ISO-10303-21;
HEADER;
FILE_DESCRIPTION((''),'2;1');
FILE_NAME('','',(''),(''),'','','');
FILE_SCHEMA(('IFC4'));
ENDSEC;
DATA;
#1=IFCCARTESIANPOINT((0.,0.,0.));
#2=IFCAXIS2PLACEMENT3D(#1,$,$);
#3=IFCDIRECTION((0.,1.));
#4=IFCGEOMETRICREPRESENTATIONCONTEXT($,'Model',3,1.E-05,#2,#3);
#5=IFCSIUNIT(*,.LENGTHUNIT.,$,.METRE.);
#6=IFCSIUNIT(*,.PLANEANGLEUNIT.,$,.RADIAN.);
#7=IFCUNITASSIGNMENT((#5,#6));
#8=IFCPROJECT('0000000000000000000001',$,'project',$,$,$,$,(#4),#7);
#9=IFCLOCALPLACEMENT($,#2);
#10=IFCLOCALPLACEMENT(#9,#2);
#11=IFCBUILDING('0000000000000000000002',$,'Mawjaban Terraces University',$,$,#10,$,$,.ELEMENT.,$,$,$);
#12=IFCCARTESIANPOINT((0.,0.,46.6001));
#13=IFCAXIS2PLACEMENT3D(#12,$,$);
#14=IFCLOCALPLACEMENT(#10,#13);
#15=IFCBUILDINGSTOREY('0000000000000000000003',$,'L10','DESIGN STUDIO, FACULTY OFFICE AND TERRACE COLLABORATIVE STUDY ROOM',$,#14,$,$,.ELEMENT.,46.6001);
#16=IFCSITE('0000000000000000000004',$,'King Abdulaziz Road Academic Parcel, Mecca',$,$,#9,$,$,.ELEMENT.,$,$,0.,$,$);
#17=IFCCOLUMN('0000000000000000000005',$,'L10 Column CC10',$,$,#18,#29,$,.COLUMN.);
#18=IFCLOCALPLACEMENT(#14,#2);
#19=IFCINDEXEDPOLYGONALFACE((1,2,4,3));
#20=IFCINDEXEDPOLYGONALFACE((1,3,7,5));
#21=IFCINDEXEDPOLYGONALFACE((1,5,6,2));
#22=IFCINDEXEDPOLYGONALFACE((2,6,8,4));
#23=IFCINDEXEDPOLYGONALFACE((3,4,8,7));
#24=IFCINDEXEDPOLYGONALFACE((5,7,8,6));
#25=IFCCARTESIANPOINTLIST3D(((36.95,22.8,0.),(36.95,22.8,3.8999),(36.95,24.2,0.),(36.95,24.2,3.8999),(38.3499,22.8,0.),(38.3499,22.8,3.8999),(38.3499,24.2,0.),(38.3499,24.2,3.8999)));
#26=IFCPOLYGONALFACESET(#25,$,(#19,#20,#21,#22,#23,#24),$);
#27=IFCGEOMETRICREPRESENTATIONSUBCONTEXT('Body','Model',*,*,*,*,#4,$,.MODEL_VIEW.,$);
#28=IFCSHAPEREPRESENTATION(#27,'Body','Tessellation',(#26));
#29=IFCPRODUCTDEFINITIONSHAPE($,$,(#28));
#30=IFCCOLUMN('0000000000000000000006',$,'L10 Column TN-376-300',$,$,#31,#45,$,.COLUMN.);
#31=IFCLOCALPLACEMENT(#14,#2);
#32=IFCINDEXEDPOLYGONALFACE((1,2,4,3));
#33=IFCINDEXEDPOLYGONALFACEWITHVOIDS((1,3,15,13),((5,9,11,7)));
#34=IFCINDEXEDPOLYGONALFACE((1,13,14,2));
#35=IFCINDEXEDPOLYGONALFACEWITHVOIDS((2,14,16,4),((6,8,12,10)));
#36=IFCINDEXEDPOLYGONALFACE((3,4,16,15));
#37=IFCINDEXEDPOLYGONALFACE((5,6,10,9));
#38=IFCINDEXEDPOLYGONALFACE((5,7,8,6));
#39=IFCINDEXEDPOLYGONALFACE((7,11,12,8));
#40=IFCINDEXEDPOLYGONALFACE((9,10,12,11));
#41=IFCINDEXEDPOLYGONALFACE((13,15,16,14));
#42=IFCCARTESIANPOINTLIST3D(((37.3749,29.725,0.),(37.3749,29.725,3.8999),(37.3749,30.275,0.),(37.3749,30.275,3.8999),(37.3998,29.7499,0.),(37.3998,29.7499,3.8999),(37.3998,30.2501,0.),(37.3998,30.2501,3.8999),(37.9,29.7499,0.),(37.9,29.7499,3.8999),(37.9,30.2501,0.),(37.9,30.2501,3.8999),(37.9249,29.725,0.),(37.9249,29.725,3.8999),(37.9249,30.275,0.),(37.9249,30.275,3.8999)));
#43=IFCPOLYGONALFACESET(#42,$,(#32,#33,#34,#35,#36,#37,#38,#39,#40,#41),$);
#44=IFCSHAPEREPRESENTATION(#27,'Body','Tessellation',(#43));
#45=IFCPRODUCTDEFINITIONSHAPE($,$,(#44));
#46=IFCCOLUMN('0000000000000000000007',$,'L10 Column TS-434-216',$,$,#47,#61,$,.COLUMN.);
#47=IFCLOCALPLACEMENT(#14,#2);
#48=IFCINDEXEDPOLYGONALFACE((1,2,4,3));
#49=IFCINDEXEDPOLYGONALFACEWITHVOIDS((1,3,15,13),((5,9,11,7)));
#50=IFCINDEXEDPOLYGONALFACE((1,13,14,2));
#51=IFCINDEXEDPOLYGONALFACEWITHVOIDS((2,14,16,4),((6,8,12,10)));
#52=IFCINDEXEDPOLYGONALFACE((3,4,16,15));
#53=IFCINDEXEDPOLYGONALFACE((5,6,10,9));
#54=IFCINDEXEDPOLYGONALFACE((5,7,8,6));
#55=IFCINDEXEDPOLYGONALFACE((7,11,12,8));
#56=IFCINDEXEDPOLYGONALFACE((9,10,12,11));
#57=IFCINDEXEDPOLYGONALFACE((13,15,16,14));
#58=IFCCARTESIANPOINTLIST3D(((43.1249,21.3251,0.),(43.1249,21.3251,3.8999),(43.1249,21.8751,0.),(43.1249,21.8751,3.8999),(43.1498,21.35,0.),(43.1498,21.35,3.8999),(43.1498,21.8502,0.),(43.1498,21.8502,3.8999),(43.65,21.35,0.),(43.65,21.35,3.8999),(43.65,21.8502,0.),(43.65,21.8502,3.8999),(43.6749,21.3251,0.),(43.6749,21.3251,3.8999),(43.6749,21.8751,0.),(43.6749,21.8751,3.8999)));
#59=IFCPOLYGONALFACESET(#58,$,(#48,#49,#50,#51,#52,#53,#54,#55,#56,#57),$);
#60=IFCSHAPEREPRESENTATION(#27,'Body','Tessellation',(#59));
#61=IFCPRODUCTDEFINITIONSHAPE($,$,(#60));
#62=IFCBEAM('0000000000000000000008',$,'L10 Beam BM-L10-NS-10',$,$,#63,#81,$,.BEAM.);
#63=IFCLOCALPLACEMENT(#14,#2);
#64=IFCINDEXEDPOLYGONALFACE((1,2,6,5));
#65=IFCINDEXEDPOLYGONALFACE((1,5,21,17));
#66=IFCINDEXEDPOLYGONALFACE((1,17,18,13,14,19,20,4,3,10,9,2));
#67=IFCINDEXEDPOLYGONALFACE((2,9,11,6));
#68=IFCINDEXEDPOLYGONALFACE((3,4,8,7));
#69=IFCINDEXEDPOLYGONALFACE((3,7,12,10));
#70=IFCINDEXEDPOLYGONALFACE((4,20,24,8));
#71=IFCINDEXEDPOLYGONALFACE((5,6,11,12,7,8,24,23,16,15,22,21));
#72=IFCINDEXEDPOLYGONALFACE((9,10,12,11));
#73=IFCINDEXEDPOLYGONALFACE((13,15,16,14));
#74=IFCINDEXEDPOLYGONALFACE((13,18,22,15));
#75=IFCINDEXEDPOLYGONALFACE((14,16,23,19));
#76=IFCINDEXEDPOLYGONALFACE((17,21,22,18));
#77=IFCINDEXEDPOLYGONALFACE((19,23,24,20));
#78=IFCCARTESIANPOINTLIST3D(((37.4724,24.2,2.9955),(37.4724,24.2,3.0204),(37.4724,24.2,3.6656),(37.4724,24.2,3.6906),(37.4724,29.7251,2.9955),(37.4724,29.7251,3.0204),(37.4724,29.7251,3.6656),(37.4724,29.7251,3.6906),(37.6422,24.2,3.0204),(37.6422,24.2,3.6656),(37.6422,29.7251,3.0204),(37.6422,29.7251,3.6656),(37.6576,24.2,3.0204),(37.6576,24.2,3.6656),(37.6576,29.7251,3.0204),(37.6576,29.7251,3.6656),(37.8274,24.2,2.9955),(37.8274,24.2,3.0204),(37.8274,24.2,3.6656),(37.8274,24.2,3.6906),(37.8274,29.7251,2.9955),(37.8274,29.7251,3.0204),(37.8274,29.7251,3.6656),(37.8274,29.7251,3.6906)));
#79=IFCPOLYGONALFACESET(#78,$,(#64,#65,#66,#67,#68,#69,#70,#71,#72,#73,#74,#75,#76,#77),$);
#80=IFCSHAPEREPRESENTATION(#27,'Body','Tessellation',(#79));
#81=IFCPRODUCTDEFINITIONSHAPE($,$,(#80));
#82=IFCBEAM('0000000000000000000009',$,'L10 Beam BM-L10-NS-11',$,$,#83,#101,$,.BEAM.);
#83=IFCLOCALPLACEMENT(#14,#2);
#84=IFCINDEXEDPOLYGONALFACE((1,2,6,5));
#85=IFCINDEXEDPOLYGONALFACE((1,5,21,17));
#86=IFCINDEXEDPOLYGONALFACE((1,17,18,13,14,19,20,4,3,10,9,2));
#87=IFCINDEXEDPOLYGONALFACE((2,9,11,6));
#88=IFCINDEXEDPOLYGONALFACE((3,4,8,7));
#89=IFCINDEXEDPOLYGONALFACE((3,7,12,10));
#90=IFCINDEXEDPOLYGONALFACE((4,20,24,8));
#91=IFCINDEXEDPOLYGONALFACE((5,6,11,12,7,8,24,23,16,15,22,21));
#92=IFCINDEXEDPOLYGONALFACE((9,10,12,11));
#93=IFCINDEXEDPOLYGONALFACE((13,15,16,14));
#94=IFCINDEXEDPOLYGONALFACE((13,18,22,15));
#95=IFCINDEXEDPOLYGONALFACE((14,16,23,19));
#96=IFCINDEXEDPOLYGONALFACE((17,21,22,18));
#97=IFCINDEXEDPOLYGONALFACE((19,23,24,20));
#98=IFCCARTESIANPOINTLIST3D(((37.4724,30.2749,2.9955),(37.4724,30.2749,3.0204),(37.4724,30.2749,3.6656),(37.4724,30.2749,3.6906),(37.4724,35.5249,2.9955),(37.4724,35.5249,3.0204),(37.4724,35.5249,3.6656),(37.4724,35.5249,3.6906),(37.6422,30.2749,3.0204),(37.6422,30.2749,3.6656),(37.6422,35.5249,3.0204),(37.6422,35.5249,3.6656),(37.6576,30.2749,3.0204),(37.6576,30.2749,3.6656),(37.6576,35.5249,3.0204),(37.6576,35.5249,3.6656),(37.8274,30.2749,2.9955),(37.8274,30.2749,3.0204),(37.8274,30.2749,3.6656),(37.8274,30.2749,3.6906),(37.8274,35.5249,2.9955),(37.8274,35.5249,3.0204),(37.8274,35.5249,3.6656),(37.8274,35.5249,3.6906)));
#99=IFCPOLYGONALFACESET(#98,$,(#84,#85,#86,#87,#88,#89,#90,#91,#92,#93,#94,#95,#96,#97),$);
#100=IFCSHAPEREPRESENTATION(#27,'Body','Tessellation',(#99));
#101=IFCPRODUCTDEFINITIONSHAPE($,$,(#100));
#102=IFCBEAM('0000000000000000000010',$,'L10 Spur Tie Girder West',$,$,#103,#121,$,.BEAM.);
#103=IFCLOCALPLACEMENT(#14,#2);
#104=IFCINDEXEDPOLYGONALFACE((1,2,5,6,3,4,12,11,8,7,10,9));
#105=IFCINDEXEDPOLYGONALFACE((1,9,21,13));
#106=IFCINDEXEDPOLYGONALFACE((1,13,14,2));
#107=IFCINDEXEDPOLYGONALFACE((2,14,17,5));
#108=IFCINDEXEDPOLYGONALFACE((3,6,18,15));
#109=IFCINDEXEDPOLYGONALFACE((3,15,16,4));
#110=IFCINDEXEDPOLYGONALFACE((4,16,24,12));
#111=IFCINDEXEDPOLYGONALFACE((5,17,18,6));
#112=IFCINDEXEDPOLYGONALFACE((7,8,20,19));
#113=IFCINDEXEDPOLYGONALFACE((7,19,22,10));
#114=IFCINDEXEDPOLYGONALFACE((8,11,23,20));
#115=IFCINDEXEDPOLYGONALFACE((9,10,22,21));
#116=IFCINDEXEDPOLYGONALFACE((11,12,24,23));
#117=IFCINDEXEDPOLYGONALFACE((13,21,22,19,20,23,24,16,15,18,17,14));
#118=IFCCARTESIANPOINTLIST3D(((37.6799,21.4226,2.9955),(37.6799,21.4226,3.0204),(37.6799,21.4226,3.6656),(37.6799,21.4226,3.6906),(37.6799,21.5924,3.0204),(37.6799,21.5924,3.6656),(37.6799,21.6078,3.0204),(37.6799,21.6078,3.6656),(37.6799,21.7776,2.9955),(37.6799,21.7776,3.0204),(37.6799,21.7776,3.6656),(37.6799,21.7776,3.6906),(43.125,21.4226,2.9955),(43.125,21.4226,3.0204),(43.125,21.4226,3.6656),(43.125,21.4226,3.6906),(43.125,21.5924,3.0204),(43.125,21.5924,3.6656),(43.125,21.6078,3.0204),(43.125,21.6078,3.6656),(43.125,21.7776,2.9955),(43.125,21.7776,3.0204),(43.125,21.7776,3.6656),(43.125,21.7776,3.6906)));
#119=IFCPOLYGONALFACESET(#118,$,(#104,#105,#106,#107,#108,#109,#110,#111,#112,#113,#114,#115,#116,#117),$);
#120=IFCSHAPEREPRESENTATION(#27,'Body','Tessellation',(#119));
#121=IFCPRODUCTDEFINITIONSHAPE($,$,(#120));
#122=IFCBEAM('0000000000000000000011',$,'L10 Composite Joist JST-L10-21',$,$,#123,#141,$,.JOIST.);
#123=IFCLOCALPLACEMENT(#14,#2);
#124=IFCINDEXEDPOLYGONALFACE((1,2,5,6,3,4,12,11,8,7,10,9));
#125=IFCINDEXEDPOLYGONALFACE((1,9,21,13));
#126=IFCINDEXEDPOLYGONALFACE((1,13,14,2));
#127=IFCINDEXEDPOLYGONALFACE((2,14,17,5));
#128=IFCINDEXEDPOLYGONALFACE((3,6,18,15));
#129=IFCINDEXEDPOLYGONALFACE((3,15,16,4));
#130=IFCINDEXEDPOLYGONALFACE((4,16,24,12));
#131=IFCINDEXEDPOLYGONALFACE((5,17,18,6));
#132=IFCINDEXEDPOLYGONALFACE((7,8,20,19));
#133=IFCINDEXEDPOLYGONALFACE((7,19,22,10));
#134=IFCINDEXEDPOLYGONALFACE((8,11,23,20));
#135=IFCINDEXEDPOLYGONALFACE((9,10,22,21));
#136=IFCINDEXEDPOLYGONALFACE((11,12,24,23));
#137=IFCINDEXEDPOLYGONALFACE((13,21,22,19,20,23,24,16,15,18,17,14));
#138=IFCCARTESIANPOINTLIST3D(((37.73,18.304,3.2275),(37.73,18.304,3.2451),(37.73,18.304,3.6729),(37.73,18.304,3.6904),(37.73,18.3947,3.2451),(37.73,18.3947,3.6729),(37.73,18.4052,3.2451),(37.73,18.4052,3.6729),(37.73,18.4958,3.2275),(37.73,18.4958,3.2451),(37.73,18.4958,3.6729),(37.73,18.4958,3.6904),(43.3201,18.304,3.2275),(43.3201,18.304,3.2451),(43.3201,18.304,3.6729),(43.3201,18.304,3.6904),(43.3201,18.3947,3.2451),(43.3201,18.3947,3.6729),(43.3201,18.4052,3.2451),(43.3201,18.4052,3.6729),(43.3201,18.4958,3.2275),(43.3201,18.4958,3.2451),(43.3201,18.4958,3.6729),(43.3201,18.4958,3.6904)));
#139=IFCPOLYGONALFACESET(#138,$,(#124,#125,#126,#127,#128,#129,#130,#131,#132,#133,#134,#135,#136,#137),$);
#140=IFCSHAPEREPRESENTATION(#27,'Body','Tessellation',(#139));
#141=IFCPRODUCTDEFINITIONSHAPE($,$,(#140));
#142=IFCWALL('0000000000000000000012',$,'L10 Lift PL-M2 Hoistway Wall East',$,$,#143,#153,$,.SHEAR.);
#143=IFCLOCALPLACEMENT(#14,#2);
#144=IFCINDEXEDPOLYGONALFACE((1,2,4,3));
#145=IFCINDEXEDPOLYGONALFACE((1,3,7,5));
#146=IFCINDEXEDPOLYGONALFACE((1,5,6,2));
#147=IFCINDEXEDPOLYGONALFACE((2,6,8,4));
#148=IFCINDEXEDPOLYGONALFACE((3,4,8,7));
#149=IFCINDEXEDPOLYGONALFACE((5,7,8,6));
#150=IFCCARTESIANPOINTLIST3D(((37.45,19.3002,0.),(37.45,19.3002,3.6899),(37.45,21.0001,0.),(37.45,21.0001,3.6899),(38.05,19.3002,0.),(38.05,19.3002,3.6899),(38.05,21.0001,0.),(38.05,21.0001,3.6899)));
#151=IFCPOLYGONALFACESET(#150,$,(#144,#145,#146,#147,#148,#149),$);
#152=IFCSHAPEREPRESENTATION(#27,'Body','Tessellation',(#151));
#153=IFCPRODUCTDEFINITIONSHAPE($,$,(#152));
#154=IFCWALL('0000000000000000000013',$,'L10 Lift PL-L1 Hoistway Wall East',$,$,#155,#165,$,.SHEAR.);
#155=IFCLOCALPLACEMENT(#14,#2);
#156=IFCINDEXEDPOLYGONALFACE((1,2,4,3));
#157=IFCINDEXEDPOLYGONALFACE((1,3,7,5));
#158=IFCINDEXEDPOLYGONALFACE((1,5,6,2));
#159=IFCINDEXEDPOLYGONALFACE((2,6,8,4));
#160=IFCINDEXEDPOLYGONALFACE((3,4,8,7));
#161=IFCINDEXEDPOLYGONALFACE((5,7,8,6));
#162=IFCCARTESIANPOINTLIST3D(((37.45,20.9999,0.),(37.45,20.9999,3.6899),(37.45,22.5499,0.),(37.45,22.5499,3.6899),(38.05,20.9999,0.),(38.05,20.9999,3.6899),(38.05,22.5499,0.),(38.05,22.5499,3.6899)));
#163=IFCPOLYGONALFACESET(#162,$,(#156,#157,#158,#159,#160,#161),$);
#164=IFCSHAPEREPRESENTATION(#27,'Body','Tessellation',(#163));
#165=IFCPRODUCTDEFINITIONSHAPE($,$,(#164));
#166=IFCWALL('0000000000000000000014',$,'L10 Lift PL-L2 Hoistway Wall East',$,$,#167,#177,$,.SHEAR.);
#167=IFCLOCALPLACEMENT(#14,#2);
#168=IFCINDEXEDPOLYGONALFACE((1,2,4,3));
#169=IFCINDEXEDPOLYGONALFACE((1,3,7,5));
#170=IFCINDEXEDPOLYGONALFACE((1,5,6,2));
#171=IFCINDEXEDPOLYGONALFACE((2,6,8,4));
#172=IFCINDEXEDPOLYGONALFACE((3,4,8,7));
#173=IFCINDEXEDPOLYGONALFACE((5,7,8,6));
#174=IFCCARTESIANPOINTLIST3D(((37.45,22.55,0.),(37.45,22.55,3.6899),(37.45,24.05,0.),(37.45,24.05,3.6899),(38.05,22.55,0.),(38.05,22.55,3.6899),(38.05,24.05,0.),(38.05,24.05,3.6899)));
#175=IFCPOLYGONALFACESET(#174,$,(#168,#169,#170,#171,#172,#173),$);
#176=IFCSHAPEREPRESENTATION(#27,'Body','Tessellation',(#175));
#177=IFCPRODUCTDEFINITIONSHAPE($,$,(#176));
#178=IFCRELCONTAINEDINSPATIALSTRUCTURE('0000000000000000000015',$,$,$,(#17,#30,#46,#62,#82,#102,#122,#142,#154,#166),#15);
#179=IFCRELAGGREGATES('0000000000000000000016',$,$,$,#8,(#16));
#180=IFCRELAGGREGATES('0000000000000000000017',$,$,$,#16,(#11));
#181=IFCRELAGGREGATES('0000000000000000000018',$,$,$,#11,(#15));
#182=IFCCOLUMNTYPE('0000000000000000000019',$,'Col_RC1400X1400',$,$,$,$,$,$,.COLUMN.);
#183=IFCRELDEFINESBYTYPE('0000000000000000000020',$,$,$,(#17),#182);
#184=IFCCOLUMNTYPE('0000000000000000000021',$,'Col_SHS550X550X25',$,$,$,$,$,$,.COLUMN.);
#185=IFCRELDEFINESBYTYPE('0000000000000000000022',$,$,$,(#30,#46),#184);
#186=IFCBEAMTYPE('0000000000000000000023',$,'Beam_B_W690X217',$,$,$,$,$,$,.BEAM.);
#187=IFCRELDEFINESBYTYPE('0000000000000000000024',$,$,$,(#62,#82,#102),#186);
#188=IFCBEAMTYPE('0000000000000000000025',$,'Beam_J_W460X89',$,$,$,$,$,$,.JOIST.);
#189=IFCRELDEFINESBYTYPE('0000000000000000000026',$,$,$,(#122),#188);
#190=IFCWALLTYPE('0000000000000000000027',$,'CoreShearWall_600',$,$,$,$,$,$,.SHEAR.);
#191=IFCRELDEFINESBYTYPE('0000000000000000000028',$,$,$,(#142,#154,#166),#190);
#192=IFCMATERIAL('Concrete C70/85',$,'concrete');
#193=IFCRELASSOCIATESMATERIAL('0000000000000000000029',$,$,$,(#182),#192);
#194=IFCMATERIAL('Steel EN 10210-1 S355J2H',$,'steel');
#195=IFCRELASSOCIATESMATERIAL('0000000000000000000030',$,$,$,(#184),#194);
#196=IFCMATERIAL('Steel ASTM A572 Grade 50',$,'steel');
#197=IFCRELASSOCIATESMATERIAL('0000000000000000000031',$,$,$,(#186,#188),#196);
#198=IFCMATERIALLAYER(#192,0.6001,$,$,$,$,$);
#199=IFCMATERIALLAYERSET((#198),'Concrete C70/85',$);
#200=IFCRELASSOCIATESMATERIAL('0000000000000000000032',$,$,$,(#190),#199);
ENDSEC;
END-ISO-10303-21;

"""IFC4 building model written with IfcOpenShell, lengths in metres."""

from ifc_helpers import new_model, si_unit, direction, frame, frame_2d, origin, origin_2d, place, context, subcontext, project, spatial, rectangle, hollow_rectangle, i_section, extrude, material, layer, layer_set, material_profile, profile_set, type_object, element, save


model = new_model("IFC4")

# Units and contexts
model_context = context("Model", 3, precision=1e-05, world=origin(), true_north=direction((0.0, 1.0)))
body_context = subcontext(model_context, "Body", "Model", "MODEL_VIEW")
ifc_project = project(units=[si_unit("LENGTHUNIT", "METRE"), si_unit("PLANEANGLEUNIT", "RADIAN")], contexts=[model_context])

# Site, building, storey
site_placement = place(None, origin())
site = spatial("IfcSite", under=ifc_project, at=site_placement, Name="King Abdulaziz Road Academic Parcel, Mecca", CompositionType="ELEMENT", RefElevation=0.0)
building_placement = place(site_placement, origin())
building = spatial("IfcBuilding", under=site, at=building_placement, Name="Mawjaban Terraces University", CompositionType="ELEMENT")
storey_placement = place(building_placement, frame((0.0, 0.0, 46.6001)))
storey = spatial("IfcBuildingStorey", under=building, at=storey_placement, Name="L10", Description="DESIGN STUDIO, FACULTY OFFICE AND TERRACE COLLABORATIVE STUDY ROOM", CompositionType="ELEMENT", Elevation=46.6001)

# Columns
ifc_material_1 = material(Name="Concrete C70/85", Category="concrete")
ifc_material_profile_1 = material_profile(ifc_material_1, rectangle(XDim=1.3999, YDim=1.3999, at=origin_2d()), Name="RC1400X1400")
ifc_profile_set_1 = profile_set([ifc_material_profile_1], Name="Concrete C70/85")
column_type_1 = type_object("IfcColumnType", Name="Col_RC1400X1400", PredefinedType="COLUMN", material=ifc_profile_set_1)
column_placement = place(storey_placement, frame((37.6499, 23.5, 0.0), z_axis=(0.0, 0.0, 1.0), x_axis=(1.0, 0.0, 0.0)))
element("IfcColumn", 1, at=column_placement, inside=storey, type_object=column_type_1, Name="L10 Column CC10", PredefinedType="COLUMN", context=body_context, shape_type="SweptSolid", body=[
    extrude(rectangle(XDim=1.3999, YDim=1.3999, at=origin_2d()), origin(), (0.0, 0.0, 1.0), 3.8999),
])
ifc_material_2 = material(Name="Steel EN 10210-1 S355J2H", Category="steel")
ifc_material_profile_2 = material_profile(ifc_material_2, hollow_rectangle(XDim=0.55, YDim=0.55, WallThickness=0.0249, at=origin_2d()), Name="SHS550X550X25")
ifc_profile_set_2 = profile_set([ifc_material_profile_2], Name="Steel EN 10210-1 S355J2H")
column_type_2 = type_object("IfcColumnType", Name="Col_SHS550X550X25", PredefinedType="COLUMN", material=ifc_profile_set_2)
for number, where, z_axis, x_axis, name in (
    (2, (37.6499, 30.0, 0.0), (0.0, 0.0, 1.0), (1.0, 0.0, 0.0), "L10 Column TN-376-300"),
    (3, (43.3999, 21.6001, 0.0), (0.0, 0.0, 1.0), (1.0, 0.0, 0.0), "L10 Column TS-434-216"),
):
    element("IfcColumn", number, at=place(storey_placement, frame(where, z_axis=z_axis, x_axis=x_axis)), inside=storey, type_object=column_type_2, Name=name, PredefinedType="COLUMN", context=body_context, shape_type="SweptSolid", body=[
        extrude(hollow_rectangle(XDim=0.55, YDim=0.55, WallThickness=0.0249, at=origin_2d()), origin(), (0.0, 0.0, 1.0), 3.8999),
    ])

# Beams
ifc_material_3 = material(Name="Steel ASTM A572 Grade 50", Category="steel")
ifc_material_profile_3 = material_profile(ifc_material_3, i_section(OverallWidth=0.355, OverallDepth=0.6951, WebThickness=0.0154, FlangeThickness=0.0249, at=origin_2d()), Name="W690X217")
ifc_profile_set_3 = profile_set([ifc_material_profile_3], Name="Steel ASTM A572 Grade 50")
beam_type_1 = type_object("IfcBeamType", Name="Beam_B_W690X217", PredefinedType="BEAM", material=ifc_profile_set_3)
beam_1_placement = place(storey_placement, frame((37.6499, 24.2, 3.343), z_axis=(0.0, 1.0, 0.0), x_axis=(-1.0, 0.0, 0.0)))
element("IfcBeam", 4, at=beam_1_placement, inside=storey, type_object=beam_type_1, Name="L10 Beam BM-L10-NS-10", PredefinedType="BEAM", context=body_context, shape_type="SweptSolid", body=[
    extrude(i_section(OverallWidth=0.355, OverallDepth=0.6951, WebThickness=0.0154, FlangeThickness=0.0249, at=origin_2d()), origin(), (0.0, 0.0, 1.0), 5.5251),
])
beam_2_placement = place(storey_placement, frame((37.6499, 30.2749, 3.343), z_axis=(0.0, 1.0, 0.0), x_axis=(-1.0, 0.0, 0.0)))
element("IfcBeam", 5, at=beam_2_placement, inside=storey, type_object=beam_type_1, Name="L10 Beam BM-L10-NS-11", PredefinedType="BEAM", context=body_context, shape_type="SweptSolid", body=[
    extrude(i_section(OverallWidth=0.355, OverallDepth=0.6951, WebThickness=0.0154, FlangeThickness=0.0249, at=origin_2d()), origin(), (0.0, 0.0, 1.0), 5.25),
])
beam_3_placement = place(storey_placement, frame((37.6799, 21.6001, 3.343), z_axis=(1.0, 0.0, 0.0), x_axis=(0.0, 1.0, 0.0)))
element("IfcBeam", 6, at=beam_3_placement, inside=storey, type_object=beam_type_1, Name="L10 Spur Tie Girder West", PredefinedType="BEAM", context=body_context, shape_type="SweptSolid", body=[
    extrude(i_section(OverallWidth=0.355, OverallDepth=0.6951, WebThickness=0.0154, FlangeThickness=0.0249, at=origin_2d()), origin(), (0.0, 0.0, 1.0), 5.4451),
])
ifc_material_profile_4 = material_profile(ifc_material_3, i_section(OverallWidth=0.1919, OverallDepth=0.4629, WebThickness=0.0105, FlangeThickness=0.0176, at=origin_2d()), Name="W460X89")
ifc_profile_set_4 = profile_set([ifc_material_profile_4], Name="Steel ASTM A572 Grade 50")
beam_type_2 = type_object("IfcBeamType", Name="Beam_J_W460X89", PredefinedType="JOIST", material=ifc_profile_set_4)
beam_4_placement = place(storey_placement, frame((37.73, 18.3999, 3.459), z_axis=(1.0, 0.0, 0.0), x_axis=(0.0, 1.0, 0.0)))
element("IfcBeam", 7, at=beam_4_placement, inside=storey, type_object=beam_type_2, Name="L10 Composite Joist JST-L10-21", PredefinedType="JOIST", context=body_context, shape_type="SweptSolid", body=[
    extrude(i_section(OverallWidth=0.1919, OverallDepth=0.4629, WebThickness=0.0105, FlangeThickness=0.0176, at=origin_2d()), origin(), (0.0, 0.0, 1.0), 5.5901),
])

# Walls
ifc_layer_1 = layer(ifc_material_1, 0.6001)
ifc_layer_set_1 = layer_set([ifc_layer_1], Name="Concrete C70/85")
wall_type_1 = type_object("IfcWallType", Name="CoreShearWall_600", PredefinedType="SHEAR", material=ifc_layer_set_1)
wall_1_placement = place(storey_placement, frame((37.75, 19.3, 0.0), z_axis=(0.0, 0.0, 1.0), x_axis=(0.0, 1.0, 0.0)))
element("IfcWall", 8, at=wall_1_placement, inside=storey, type_object=wall_type_1, Name="L10 Lift PL-M2 Hoistway Wall East", PredefinedType="SHEAR", context=body_context, shape_type="SweptSolid", body=[
    extrude(rectangle(XDim=1.7, YDim=0.6001, at=frame_2d((0.8501, 0.0))), origin(), (0.0, 0.0, 1.0), 3.6899),
])
wall_2_placement = place(storey_placement, frame((37.75, 21.0, 0.0), z_axis=(0.0, 0.0, 1.0), x_axis=(0.0, 1.0, 0.0)))
element("IfcWall", 9, at=wall_2_placement, inside=storey, type_object=wall_type_1, Name="L10 Lift PL-L1 Hoistway Wall East", PredefinedType="SHEAR", context=body_context, shape_type="SweptSolid", body=[
    extrude(rectangle(XDim=1.55, YDim=0.6001, at=frame_2d((0.7749, 0.0))), origin(), (0.0, 0.0, 1.0), 3.6899),
])
wall_3_placement = place(storey_placement, frame((37.75, 22.55, 0.0), z_axis=(0.0, 0.0, 1.0), x_axis=(0.0, 1.0, 0.0)))
element("IfcWall", 10, at=wall_3_placement, inside=storey, type_object=wall_type_1, Name="L10 Lift PL-L2 Hoistway Wall East", PredefinedType="SHEAR", context=body_context, shape_type="SweptSolid", body=[
    extrude(rectangle(XDim=1.5, YDim=0.6001, at=frame_2d((0.75, 0.0))), origin(), (0.0, 0.0, 1.0), 3.6899),
])

save(model, "model.ifc")
